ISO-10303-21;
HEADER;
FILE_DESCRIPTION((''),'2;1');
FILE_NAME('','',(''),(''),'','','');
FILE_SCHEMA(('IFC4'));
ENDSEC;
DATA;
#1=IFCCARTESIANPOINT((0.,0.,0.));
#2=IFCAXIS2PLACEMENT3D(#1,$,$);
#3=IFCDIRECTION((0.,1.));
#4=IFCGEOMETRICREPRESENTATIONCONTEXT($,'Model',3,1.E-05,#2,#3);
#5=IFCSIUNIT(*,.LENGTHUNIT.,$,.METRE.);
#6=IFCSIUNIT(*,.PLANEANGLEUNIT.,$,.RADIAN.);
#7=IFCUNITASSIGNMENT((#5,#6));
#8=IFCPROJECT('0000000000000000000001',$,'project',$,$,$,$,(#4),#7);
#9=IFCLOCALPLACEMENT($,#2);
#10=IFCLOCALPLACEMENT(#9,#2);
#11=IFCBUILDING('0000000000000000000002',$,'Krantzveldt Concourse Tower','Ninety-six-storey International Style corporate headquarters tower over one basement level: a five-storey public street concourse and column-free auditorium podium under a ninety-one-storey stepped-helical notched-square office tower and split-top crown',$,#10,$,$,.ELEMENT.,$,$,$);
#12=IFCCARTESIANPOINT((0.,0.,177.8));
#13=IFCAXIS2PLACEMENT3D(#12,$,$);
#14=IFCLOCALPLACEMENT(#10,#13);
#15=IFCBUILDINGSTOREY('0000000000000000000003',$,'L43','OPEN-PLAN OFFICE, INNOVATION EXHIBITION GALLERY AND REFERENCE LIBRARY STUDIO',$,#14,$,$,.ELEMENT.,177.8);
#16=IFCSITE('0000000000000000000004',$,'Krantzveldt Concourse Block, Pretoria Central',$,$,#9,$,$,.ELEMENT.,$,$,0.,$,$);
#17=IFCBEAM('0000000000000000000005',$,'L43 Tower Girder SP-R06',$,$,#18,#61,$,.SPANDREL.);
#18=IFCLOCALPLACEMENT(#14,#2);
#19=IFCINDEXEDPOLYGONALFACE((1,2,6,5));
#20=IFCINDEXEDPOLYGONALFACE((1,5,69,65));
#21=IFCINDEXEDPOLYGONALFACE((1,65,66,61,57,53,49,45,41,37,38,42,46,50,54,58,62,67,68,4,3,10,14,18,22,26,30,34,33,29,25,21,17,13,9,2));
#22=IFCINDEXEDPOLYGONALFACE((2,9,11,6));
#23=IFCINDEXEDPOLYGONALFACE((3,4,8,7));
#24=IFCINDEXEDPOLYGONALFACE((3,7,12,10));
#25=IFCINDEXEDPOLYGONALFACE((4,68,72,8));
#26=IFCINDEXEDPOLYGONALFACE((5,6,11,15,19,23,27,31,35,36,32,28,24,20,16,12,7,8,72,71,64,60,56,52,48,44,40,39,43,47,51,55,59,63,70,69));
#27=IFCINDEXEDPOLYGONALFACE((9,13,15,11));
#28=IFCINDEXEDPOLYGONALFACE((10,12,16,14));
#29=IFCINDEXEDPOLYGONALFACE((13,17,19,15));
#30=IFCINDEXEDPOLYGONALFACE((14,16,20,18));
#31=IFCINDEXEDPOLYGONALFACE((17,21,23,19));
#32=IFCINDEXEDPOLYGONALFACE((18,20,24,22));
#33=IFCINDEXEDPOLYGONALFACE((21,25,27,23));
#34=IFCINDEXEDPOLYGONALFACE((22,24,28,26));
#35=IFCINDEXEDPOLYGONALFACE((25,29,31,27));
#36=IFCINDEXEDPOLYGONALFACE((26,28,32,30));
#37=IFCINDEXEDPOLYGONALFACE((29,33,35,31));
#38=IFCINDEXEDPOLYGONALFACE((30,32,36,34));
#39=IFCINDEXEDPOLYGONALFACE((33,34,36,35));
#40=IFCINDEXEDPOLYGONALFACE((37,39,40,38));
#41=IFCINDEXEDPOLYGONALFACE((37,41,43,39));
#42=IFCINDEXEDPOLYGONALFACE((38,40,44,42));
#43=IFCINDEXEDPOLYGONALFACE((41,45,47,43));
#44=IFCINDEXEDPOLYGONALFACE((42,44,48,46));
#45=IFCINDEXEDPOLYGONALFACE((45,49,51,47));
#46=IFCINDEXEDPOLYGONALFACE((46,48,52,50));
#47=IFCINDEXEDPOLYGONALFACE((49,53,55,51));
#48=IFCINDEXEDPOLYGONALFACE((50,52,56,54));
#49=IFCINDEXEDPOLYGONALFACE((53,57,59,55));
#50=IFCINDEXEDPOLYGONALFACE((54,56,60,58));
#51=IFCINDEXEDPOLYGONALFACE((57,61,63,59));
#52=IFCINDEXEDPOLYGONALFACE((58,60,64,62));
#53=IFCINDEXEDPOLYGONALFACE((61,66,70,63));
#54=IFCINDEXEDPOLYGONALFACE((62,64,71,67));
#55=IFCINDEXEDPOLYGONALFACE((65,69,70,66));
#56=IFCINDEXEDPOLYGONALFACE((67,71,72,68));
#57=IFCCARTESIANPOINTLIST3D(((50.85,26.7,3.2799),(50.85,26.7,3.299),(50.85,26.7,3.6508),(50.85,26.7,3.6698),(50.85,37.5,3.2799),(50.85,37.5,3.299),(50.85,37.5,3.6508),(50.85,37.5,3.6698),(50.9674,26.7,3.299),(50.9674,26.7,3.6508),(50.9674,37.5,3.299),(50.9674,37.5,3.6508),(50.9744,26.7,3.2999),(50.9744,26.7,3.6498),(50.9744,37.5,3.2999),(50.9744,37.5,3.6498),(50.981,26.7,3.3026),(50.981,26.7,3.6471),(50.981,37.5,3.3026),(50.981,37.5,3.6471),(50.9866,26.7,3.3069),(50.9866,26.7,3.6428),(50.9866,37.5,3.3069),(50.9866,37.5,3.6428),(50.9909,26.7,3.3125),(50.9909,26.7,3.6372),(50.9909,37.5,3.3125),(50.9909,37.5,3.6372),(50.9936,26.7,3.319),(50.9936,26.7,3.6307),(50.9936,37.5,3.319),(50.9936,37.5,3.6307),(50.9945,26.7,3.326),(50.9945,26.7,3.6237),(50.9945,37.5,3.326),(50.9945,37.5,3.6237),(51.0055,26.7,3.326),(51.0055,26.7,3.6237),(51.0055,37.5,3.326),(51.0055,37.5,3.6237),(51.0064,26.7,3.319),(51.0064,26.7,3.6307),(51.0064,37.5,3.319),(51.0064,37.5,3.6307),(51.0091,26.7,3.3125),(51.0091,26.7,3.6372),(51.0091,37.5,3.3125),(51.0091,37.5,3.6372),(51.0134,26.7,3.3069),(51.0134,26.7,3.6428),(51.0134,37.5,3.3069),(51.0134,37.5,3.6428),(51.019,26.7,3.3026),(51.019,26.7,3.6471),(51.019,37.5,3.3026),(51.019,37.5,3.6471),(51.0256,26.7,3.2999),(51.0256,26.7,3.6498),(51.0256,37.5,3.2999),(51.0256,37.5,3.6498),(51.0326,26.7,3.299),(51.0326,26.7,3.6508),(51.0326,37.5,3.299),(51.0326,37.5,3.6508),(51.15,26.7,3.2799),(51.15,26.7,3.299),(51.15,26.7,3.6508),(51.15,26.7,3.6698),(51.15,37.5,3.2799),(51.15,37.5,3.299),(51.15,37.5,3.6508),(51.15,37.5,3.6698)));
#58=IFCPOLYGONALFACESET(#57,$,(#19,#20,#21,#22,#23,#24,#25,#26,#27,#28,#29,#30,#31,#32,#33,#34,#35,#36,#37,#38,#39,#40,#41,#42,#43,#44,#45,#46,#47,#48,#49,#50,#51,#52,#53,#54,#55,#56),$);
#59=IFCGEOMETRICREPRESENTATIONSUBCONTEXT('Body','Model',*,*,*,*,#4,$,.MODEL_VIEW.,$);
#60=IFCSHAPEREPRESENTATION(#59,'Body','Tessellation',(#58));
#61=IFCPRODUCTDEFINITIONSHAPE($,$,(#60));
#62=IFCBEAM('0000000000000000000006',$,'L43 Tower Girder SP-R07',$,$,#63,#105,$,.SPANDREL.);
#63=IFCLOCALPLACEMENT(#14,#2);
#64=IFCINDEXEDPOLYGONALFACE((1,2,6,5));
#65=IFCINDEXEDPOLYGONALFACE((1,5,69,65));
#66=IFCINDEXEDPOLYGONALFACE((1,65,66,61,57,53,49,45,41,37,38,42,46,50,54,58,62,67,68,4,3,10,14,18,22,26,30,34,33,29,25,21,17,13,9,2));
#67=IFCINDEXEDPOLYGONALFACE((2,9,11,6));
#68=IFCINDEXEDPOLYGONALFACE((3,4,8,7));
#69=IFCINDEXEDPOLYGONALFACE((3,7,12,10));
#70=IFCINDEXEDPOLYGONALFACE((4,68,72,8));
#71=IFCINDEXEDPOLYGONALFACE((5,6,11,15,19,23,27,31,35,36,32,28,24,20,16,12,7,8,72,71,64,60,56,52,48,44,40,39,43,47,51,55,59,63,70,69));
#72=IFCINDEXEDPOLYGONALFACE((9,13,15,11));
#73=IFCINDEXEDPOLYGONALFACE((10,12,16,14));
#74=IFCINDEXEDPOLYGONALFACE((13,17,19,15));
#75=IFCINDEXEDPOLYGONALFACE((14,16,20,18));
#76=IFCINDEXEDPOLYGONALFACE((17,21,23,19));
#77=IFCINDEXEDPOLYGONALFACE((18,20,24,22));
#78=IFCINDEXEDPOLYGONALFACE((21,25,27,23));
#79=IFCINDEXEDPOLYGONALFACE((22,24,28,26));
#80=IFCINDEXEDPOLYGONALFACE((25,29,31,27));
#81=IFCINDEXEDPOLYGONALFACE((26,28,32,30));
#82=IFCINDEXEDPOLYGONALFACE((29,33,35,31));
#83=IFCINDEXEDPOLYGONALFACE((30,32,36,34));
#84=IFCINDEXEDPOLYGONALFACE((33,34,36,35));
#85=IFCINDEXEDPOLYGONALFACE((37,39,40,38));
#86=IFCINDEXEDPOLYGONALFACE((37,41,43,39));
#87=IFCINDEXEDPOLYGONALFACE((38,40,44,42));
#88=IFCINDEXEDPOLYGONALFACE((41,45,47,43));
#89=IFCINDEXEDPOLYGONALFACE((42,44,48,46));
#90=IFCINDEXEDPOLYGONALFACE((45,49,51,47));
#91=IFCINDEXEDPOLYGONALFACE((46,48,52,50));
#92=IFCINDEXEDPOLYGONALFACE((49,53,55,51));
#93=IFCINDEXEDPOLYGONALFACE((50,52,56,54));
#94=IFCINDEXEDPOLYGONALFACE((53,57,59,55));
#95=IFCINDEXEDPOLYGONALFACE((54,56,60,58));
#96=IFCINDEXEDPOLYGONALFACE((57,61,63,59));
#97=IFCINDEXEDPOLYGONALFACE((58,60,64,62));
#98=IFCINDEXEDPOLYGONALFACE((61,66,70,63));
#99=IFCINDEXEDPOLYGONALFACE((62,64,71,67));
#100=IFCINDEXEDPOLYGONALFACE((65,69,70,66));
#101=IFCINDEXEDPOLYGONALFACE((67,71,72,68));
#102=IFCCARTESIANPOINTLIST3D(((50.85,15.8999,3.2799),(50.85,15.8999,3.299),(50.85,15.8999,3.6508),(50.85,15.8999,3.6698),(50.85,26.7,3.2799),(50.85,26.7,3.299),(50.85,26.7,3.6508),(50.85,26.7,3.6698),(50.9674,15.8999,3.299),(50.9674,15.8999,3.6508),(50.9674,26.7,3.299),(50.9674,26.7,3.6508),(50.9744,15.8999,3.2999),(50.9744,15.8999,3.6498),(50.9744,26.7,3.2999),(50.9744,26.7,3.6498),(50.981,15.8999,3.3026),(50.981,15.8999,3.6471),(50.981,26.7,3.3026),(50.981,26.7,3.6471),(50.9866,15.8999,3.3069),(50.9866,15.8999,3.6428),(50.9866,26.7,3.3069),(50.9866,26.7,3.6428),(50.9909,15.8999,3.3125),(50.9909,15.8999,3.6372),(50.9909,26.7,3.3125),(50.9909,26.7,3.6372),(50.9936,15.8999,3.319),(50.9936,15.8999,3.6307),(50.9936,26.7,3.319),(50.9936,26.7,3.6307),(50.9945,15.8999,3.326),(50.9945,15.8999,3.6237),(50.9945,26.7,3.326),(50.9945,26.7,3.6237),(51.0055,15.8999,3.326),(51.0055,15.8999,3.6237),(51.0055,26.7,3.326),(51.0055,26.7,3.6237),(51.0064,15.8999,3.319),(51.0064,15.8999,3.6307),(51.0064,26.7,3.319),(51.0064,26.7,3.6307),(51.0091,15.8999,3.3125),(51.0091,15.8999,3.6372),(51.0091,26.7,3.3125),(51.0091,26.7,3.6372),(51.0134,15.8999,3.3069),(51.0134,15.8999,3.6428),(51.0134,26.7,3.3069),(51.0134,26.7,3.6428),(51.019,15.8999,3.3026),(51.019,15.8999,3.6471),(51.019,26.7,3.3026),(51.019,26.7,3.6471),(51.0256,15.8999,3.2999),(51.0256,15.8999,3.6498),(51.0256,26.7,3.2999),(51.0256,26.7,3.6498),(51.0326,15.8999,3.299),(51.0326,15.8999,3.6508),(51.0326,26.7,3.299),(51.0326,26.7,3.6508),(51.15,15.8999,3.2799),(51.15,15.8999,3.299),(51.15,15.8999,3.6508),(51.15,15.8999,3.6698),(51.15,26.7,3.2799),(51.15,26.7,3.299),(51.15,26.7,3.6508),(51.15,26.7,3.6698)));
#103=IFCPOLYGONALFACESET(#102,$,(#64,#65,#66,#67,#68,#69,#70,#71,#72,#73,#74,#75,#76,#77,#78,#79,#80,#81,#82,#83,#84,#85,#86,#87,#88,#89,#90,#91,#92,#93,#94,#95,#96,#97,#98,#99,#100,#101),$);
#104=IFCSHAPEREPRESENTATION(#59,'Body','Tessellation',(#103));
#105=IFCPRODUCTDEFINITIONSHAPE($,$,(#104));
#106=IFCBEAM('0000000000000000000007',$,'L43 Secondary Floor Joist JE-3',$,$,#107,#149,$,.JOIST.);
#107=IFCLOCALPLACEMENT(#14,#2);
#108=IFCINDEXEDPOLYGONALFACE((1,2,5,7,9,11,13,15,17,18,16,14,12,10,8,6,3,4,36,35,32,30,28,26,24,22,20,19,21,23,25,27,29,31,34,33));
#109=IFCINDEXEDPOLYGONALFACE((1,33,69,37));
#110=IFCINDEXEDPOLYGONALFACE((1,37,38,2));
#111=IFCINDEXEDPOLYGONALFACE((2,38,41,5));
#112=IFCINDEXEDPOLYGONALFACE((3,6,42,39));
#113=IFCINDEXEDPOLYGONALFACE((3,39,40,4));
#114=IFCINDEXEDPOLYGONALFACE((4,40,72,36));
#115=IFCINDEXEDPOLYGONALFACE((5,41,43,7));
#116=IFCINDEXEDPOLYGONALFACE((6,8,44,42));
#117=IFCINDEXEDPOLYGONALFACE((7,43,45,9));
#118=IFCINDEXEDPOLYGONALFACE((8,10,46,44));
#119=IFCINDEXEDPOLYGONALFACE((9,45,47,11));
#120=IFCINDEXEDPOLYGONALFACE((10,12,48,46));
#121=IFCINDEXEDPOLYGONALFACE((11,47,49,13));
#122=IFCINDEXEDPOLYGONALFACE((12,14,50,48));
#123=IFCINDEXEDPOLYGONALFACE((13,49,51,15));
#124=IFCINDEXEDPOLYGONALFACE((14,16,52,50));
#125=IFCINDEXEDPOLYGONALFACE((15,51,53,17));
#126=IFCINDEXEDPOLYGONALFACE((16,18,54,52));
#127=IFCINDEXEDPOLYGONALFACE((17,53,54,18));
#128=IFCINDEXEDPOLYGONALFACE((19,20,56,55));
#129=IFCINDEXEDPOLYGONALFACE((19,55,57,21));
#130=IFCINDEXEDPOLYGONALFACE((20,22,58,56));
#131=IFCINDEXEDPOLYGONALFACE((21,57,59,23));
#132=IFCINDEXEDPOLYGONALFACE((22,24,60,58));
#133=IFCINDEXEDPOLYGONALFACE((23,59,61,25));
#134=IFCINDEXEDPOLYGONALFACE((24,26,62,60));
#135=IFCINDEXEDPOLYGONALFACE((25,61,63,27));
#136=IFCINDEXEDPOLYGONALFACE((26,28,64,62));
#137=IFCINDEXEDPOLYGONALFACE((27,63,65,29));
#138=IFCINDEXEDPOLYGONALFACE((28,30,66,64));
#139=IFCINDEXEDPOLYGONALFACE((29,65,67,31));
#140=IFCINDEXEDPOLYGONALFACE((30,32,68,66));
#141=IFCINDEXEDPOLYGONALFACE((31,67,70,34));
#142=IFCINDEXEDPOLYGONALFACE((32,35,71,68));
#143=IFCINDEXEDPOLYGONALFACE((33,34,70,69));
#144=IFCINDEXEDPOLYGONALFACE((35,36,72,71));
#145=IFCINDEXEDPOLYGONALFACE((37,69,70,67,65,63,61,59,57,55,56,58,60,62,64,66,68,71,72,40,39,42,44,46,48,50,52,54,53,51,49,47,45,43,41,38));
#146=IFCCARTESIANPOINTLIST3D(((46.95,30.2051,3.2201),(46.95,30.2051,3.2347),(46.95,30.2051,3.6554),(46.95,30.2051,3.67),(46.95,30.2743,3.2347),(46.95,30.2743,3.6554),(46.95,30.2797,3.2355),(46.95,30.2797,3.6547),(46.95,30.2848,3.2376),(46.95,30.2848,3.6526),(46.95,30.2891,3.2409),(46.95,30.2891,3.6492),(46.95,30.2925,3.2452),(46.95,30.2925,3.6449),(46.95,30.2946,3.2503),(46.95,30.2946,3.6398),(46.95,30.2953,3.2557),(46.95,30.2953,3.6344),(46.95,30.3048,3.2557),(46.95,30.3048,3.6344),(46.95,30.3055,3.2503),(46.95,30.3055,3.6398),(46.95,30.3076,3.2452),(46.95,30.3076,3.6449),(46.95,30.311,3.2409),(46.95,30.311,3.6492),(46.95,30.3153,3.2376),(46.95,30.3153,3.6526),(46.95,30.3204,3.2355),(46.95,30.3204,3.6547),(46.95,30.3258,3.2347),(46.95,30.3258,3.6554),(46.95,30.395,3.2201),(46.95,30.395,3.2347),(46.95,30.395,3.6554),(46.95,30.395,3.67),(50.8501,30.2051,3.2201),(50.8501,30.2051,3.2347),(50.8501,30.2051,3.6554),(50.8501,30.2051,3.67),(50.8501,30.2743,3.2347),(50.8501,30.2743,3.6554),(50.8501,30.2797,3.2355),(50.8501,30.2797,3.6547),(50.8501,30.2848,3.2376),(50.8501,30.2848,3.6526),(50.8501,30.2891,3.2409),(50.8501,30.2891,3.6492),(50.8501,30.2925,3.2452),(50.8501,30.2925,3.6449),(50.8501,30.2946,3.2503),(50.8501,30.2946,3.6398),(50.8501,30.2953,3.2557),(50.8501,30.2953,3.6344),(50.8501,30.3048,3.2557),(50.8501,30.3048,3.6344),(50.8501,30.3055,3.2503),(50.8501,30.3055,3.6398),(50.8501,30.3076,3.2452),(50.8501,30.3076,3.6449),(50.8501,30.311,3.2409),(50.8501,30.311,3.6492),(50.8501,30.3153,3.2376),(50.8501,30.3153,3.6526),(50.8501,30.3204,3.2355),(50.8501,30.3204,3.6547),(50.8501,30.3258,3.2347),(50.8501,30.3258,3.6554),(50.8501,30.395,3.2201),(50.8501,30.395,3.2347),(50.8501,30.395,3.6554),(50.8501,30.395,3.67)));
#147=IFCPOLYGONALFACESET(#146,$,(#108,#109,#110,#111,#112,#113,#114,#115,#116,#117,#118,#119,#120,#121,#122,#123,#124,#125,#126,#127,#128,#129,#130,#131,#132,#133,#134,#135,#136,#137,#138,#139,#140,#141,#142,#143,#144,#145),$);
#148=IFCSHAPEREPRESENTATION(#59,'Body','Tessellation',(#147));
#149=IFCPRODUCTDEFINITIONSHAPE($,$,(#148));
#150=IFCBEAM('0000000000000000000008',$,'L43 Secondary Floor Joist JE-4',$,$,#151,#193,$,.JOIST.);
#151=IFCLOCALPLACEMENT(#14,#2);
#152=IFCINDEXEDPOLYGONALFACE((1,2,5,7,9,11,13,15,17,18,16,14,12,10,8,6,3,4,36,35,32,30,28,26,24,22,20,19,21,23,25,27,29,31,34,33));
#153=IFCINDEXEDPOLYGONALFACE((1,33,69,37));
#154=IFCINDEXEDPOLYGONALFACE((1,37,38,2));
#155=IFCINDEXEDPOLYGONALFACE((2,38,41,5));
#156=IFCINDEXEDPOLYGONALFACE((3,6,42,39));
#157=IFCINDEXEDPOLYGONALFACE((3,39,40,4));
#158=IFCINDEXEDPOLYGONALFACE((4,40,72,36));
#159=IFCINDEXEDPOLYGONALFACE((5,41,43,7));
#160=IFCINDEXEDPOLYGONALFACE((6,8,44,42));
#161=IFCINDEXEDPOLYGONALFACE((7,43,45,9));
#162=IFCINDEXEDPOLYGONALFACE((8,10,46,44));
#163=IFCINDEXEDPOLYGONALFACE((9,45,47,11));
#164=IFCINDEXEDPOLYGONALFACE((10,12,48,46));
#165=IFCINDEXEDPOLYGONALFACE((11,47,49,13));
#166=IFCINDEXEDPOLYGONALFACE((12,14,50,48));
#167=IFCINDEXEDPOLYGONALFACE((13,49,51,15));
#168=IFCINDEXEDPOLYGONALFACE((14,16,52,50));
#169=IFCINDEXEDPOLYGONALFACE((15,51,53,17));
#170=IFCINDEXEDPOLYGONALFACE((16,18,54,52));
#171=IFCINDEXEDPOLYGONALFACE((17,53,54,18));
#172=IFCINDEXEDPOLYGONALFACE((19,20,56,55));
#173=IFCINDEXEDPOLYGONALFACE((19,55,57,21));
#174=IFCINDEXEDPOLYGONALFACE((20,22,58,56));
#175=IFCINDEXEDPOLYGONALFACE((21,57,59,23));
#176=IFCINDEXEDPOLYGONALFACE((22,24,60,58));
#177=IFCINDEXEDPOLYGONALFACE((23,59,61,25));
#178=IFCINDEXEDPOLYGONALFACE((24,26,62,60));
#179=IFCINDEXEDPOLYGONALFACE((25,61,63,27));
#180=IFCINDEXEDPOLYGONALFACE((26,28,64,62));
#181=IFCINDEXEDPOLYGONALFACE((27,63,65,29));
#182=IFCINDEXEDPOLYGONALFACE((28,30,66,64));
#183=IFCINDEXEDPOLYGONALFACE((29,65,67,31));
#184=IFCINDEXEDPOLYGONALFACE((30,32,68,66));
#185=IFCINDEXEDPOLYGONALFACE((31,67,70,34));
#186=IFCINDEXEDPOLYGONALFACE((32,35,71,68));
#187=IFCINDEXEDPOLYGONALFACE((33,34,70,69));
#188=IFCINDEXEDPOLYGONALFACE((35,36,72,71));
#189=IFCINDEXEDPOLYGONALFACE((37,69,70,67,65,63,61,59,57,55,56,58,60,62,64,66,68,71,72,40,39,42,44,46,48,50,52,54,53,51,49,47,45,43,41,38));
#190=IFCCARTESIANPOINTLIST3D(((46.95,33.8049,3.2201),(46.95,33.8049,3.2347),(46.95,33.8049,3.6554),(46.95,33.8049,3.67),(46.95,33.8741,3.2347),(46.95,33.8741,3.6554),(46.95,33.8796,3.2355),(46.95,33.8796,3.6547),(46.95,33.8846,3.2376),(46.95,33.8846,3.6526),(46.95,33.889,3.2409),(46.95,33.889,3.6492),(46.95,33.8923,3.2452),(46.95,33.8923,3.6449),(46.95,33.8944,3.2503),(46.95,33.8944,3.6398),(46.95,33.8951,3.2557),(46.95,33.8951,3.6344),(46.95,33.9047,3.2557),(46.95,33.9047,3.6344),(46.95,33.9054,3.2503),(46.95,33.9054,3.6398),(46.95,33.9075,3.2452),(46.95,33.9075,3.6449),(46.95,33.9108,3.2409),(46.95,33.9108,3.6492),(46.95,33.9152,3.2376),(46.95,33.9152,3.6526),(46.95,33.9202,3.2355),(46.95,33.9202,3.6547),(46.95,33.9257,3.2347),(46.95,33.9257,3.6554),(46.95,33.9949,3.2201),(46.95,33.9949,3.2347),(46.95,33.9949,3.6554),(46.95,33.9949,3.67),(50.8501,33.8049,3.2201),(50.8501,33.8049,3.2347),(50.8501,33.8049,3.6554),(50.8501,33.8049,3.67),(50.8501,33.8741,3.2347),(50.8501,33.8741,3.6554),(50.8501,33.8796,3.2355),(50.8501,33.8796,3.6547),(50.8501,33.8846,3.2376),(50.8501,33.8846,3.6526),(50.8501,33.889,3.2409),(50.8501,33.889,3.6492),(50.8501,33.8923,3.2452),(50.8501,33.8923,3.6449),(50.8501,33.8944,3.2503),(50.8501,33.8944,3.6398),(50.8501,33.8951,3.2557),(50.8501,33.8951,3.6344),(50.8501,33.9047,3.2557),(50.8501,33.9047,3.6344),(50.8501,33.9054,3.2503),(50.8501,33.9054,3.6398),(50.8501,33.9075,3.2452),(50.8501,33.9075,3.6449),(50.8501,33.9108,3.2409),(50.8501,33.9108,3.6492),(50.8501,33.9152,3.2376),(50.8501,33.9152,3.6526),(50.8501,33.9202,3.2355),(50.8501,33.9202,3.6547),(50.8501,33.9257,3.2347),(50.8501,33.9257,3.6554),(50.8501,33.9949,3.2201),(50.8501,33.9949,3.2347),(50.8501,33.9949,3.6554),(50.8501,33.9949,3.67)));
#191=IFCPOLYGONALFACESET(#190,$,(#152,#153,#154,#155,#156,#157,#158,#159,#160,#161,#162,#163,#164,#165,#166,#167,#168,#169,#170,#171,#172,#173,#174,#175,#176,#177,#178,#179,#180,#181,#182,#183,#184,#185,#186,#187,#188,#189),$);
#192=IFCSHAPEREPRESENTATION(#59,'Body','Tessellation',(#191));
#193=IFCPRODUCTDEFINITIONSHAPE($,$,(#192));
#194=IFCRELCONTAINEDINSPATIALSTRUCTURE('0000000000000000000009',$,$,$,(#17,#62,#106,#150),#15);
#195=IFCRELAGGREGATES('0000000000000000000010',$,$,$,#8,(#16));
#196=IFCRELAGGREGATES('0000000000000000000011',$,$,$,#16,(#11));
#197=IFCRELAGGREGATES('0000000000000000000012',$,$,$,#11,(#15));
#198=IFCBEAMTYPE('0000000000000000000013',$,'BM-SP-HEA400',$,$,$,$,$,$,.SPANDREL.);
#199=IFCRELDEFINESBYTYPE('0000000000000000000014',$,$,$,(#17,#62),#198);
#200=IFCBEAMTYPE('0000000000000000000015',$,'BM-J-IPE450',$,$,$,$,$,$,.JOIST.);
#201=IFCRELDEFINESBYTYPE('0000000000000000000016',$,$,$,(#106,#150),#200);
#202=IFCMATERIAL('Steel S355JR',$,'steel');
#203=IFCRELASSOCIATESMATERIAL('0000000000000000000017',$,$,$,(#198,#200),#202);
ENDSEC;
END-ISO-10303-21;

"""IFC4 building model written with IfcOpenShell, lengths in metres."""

from ifc_helpers import new_model, si_unit, direction, frame, origin, origin_2d, place, context, subcontext, project, spatial, i_section, extrude, source, transform, mapped, material, material_profile, profile_set, type_object, type_shapes, element, save


model = new_model("IFC4")

# Units and contexts
model_context = context("Model", 3, precision=1e-05, world=origin(), true_north=direction((0.0, 1.0)))
body_context = subcontext(model_context, "Body", "Model", "MODEL_VIEW")
ifc_project = project(units=[si_unit("LENGTHUNIT", "METRE"), si_unit("PLANEANGLEUNIT", "RADIAN")], contexts=[model_context])

# Site, building, storey
site_placement = place(None, origin())
site = spatial("IfcSite", under=ifc_project, at=site_placement, Name="Krantzveldt Concourse Block, Pretoria Central", CompositionType="ELEMENT", RefElevation=0.0)
building_placement = place(site_placement, origin())
building = spatial("IfcBuilding", under=site, at=building_placement, Name="Krantzveldt Concourse Tower", Description="Ninety-six-storey International Style corporate headquarters tower over one basement level: a five-storey public street concourse and column-free auditorium podium under a ninety-one-storey stepped-helical notched-square office tower and split-top crown", CompositionType="ELEMENT")
storey_placement = place(building_placement, frame((0.0, 0.0, 177.8)))
storey = spatial("IfcBuildingStorey", under=building, at=storey_placement, Name="L43", Description="OPEN-PLAN OFFICE, INNOVATION EXHIBITION GALLERY AND REFERENCE LIBRARY STUDIO", CompositionType="ELEMENT", Elevation=177.8)

# Beams
ifc_material_1 = material(Name="Steel S355JR", Category="steel")
ifc_material_profile_1 = material_profile(ifc_material_1, i_section(OverallWidth=0.3, OverallDepth=0.3899, WebThickness=0.011, FlangeThickness=0.019, FilletRadius=0.0271, at=origin_2d()), Name="Steel S355JR", Category="steel")
ifc_profile_set_1 = profile_set([ifc_material_profile_1], Name="Steel S355JR - HEA 400")
beam_type_1 = type_object("IfcBeamType", Name="BM-SP-HEA400", PredefinedType="SPANDREL", material=ifc_profile_set_1)
shared_shape_1 = source(origin(), body_context, "Body", "SweptSolid", [
    extrude(i_section(OverallWidth=0.3, OverallDepth=0.3899, WebThickness=0.011, FlangeThickness=0.019, FilletRadius=0.0271, at=origin_2d()), origin(), (0.0, 0.0, 1.0), 10.8),
])
type_shapes(beam_type_1, [shared_shape_1])
for number, where, z_axis, x_axis, name in (
    (1, (51.0, 37.5, 3.4749), (0.0, -1.0, 0.0), (1.0, 0.0, 0.0), "L43 Tower Girder SP-R06"),
    (2, (51.0, 26.7, 3.4749), (0.0, -1.0, 0.0), (1.0, 0.0, 0.0), "L43 Tower Girder SP-R07"),
):
    element("IfcBeam", number, at=place(storey_placement, frame(where, z_axis=z_axis, x_axis=x_axis)), inside=storey, type_object=beam_type_1, Name=name, PredefinedType="SPANDREL", context=body_context, shape_type="MappedRepresentation", body=[
        mapped(shared_shape_1, transform((0.0, 0.0, 0.0), x_axis=(1.0, 0.0, 0.0), y_axis=(0.0, 1.0, 0.0), z_axis=(0.0, 0.0, 1.0), scale=1.0)),
    ])
ifc_material_profile_2 = material_profile(ifc_material_1, i_section(OverallWidth=0.1899, OverallDepth=0.45, WebThickness=0.0095, FlangeThickness=0.0146, FilletRadius=0.021, at=origin_2d()), Name="Steel S355JR", Category="steel")
ifc_profile_set_2 = profile_set([ifc_material_profile_2], Name="Steel S355JR - IPE 450")
beam_type_2 = type_object("IfcBeamType", Name="BM-J-IPE450", PredefinedType="JOIST", material=ifc_profile_set_2)
shared_shape_2 = source(origin(), body_context, "Body", "SweptSolid", [
    extrude(i_section(OverallWidth=0.1899, OverallDepth=0.45, WebThickness=0.0095, FlangeThickness=0.0146, FilletRadius=0.021, at=origin_2d()), origin(), (0.0, 0.0, 1.0), 3.9001),
])
type_shapes(beam_type_2, [shared_shape_2])
for number, where, z_axis, x_axis, name in (
    (3, (46.95, 30.3, 3.4451), (1.0, 0.0, 0.0), (0.0, 1.0, 0.0), "L43 Secondary Floor Joist JE-3"),
    (4, (46.95, 33.8999, 3.4451), (1.0, 0.0, 0.0), (0.0, 1.0, 0.0), "L43 Secondary Floor Joist JE-4"),
):
    element("IfcBeam", number, at=place(storey_placement, frame(where, z_axis=z_axis, x_axis=x_axis)), inside=storey, type_object=beam_type_2, Name=name, PredefinedType="JOIST", context=body_context, shape_type="MappedRepresentation", body=[
        mapped(shared_shape_2, transform((0.0, 0.0, 0.0), x_axis=(1.0, 0.0, 0.0), y_axis=(0.0, 1.0, 0.0), z_axis=(0.0, 0.0, 1.0), scale=1.0)),
    ])

save(model, "model.ifc")
